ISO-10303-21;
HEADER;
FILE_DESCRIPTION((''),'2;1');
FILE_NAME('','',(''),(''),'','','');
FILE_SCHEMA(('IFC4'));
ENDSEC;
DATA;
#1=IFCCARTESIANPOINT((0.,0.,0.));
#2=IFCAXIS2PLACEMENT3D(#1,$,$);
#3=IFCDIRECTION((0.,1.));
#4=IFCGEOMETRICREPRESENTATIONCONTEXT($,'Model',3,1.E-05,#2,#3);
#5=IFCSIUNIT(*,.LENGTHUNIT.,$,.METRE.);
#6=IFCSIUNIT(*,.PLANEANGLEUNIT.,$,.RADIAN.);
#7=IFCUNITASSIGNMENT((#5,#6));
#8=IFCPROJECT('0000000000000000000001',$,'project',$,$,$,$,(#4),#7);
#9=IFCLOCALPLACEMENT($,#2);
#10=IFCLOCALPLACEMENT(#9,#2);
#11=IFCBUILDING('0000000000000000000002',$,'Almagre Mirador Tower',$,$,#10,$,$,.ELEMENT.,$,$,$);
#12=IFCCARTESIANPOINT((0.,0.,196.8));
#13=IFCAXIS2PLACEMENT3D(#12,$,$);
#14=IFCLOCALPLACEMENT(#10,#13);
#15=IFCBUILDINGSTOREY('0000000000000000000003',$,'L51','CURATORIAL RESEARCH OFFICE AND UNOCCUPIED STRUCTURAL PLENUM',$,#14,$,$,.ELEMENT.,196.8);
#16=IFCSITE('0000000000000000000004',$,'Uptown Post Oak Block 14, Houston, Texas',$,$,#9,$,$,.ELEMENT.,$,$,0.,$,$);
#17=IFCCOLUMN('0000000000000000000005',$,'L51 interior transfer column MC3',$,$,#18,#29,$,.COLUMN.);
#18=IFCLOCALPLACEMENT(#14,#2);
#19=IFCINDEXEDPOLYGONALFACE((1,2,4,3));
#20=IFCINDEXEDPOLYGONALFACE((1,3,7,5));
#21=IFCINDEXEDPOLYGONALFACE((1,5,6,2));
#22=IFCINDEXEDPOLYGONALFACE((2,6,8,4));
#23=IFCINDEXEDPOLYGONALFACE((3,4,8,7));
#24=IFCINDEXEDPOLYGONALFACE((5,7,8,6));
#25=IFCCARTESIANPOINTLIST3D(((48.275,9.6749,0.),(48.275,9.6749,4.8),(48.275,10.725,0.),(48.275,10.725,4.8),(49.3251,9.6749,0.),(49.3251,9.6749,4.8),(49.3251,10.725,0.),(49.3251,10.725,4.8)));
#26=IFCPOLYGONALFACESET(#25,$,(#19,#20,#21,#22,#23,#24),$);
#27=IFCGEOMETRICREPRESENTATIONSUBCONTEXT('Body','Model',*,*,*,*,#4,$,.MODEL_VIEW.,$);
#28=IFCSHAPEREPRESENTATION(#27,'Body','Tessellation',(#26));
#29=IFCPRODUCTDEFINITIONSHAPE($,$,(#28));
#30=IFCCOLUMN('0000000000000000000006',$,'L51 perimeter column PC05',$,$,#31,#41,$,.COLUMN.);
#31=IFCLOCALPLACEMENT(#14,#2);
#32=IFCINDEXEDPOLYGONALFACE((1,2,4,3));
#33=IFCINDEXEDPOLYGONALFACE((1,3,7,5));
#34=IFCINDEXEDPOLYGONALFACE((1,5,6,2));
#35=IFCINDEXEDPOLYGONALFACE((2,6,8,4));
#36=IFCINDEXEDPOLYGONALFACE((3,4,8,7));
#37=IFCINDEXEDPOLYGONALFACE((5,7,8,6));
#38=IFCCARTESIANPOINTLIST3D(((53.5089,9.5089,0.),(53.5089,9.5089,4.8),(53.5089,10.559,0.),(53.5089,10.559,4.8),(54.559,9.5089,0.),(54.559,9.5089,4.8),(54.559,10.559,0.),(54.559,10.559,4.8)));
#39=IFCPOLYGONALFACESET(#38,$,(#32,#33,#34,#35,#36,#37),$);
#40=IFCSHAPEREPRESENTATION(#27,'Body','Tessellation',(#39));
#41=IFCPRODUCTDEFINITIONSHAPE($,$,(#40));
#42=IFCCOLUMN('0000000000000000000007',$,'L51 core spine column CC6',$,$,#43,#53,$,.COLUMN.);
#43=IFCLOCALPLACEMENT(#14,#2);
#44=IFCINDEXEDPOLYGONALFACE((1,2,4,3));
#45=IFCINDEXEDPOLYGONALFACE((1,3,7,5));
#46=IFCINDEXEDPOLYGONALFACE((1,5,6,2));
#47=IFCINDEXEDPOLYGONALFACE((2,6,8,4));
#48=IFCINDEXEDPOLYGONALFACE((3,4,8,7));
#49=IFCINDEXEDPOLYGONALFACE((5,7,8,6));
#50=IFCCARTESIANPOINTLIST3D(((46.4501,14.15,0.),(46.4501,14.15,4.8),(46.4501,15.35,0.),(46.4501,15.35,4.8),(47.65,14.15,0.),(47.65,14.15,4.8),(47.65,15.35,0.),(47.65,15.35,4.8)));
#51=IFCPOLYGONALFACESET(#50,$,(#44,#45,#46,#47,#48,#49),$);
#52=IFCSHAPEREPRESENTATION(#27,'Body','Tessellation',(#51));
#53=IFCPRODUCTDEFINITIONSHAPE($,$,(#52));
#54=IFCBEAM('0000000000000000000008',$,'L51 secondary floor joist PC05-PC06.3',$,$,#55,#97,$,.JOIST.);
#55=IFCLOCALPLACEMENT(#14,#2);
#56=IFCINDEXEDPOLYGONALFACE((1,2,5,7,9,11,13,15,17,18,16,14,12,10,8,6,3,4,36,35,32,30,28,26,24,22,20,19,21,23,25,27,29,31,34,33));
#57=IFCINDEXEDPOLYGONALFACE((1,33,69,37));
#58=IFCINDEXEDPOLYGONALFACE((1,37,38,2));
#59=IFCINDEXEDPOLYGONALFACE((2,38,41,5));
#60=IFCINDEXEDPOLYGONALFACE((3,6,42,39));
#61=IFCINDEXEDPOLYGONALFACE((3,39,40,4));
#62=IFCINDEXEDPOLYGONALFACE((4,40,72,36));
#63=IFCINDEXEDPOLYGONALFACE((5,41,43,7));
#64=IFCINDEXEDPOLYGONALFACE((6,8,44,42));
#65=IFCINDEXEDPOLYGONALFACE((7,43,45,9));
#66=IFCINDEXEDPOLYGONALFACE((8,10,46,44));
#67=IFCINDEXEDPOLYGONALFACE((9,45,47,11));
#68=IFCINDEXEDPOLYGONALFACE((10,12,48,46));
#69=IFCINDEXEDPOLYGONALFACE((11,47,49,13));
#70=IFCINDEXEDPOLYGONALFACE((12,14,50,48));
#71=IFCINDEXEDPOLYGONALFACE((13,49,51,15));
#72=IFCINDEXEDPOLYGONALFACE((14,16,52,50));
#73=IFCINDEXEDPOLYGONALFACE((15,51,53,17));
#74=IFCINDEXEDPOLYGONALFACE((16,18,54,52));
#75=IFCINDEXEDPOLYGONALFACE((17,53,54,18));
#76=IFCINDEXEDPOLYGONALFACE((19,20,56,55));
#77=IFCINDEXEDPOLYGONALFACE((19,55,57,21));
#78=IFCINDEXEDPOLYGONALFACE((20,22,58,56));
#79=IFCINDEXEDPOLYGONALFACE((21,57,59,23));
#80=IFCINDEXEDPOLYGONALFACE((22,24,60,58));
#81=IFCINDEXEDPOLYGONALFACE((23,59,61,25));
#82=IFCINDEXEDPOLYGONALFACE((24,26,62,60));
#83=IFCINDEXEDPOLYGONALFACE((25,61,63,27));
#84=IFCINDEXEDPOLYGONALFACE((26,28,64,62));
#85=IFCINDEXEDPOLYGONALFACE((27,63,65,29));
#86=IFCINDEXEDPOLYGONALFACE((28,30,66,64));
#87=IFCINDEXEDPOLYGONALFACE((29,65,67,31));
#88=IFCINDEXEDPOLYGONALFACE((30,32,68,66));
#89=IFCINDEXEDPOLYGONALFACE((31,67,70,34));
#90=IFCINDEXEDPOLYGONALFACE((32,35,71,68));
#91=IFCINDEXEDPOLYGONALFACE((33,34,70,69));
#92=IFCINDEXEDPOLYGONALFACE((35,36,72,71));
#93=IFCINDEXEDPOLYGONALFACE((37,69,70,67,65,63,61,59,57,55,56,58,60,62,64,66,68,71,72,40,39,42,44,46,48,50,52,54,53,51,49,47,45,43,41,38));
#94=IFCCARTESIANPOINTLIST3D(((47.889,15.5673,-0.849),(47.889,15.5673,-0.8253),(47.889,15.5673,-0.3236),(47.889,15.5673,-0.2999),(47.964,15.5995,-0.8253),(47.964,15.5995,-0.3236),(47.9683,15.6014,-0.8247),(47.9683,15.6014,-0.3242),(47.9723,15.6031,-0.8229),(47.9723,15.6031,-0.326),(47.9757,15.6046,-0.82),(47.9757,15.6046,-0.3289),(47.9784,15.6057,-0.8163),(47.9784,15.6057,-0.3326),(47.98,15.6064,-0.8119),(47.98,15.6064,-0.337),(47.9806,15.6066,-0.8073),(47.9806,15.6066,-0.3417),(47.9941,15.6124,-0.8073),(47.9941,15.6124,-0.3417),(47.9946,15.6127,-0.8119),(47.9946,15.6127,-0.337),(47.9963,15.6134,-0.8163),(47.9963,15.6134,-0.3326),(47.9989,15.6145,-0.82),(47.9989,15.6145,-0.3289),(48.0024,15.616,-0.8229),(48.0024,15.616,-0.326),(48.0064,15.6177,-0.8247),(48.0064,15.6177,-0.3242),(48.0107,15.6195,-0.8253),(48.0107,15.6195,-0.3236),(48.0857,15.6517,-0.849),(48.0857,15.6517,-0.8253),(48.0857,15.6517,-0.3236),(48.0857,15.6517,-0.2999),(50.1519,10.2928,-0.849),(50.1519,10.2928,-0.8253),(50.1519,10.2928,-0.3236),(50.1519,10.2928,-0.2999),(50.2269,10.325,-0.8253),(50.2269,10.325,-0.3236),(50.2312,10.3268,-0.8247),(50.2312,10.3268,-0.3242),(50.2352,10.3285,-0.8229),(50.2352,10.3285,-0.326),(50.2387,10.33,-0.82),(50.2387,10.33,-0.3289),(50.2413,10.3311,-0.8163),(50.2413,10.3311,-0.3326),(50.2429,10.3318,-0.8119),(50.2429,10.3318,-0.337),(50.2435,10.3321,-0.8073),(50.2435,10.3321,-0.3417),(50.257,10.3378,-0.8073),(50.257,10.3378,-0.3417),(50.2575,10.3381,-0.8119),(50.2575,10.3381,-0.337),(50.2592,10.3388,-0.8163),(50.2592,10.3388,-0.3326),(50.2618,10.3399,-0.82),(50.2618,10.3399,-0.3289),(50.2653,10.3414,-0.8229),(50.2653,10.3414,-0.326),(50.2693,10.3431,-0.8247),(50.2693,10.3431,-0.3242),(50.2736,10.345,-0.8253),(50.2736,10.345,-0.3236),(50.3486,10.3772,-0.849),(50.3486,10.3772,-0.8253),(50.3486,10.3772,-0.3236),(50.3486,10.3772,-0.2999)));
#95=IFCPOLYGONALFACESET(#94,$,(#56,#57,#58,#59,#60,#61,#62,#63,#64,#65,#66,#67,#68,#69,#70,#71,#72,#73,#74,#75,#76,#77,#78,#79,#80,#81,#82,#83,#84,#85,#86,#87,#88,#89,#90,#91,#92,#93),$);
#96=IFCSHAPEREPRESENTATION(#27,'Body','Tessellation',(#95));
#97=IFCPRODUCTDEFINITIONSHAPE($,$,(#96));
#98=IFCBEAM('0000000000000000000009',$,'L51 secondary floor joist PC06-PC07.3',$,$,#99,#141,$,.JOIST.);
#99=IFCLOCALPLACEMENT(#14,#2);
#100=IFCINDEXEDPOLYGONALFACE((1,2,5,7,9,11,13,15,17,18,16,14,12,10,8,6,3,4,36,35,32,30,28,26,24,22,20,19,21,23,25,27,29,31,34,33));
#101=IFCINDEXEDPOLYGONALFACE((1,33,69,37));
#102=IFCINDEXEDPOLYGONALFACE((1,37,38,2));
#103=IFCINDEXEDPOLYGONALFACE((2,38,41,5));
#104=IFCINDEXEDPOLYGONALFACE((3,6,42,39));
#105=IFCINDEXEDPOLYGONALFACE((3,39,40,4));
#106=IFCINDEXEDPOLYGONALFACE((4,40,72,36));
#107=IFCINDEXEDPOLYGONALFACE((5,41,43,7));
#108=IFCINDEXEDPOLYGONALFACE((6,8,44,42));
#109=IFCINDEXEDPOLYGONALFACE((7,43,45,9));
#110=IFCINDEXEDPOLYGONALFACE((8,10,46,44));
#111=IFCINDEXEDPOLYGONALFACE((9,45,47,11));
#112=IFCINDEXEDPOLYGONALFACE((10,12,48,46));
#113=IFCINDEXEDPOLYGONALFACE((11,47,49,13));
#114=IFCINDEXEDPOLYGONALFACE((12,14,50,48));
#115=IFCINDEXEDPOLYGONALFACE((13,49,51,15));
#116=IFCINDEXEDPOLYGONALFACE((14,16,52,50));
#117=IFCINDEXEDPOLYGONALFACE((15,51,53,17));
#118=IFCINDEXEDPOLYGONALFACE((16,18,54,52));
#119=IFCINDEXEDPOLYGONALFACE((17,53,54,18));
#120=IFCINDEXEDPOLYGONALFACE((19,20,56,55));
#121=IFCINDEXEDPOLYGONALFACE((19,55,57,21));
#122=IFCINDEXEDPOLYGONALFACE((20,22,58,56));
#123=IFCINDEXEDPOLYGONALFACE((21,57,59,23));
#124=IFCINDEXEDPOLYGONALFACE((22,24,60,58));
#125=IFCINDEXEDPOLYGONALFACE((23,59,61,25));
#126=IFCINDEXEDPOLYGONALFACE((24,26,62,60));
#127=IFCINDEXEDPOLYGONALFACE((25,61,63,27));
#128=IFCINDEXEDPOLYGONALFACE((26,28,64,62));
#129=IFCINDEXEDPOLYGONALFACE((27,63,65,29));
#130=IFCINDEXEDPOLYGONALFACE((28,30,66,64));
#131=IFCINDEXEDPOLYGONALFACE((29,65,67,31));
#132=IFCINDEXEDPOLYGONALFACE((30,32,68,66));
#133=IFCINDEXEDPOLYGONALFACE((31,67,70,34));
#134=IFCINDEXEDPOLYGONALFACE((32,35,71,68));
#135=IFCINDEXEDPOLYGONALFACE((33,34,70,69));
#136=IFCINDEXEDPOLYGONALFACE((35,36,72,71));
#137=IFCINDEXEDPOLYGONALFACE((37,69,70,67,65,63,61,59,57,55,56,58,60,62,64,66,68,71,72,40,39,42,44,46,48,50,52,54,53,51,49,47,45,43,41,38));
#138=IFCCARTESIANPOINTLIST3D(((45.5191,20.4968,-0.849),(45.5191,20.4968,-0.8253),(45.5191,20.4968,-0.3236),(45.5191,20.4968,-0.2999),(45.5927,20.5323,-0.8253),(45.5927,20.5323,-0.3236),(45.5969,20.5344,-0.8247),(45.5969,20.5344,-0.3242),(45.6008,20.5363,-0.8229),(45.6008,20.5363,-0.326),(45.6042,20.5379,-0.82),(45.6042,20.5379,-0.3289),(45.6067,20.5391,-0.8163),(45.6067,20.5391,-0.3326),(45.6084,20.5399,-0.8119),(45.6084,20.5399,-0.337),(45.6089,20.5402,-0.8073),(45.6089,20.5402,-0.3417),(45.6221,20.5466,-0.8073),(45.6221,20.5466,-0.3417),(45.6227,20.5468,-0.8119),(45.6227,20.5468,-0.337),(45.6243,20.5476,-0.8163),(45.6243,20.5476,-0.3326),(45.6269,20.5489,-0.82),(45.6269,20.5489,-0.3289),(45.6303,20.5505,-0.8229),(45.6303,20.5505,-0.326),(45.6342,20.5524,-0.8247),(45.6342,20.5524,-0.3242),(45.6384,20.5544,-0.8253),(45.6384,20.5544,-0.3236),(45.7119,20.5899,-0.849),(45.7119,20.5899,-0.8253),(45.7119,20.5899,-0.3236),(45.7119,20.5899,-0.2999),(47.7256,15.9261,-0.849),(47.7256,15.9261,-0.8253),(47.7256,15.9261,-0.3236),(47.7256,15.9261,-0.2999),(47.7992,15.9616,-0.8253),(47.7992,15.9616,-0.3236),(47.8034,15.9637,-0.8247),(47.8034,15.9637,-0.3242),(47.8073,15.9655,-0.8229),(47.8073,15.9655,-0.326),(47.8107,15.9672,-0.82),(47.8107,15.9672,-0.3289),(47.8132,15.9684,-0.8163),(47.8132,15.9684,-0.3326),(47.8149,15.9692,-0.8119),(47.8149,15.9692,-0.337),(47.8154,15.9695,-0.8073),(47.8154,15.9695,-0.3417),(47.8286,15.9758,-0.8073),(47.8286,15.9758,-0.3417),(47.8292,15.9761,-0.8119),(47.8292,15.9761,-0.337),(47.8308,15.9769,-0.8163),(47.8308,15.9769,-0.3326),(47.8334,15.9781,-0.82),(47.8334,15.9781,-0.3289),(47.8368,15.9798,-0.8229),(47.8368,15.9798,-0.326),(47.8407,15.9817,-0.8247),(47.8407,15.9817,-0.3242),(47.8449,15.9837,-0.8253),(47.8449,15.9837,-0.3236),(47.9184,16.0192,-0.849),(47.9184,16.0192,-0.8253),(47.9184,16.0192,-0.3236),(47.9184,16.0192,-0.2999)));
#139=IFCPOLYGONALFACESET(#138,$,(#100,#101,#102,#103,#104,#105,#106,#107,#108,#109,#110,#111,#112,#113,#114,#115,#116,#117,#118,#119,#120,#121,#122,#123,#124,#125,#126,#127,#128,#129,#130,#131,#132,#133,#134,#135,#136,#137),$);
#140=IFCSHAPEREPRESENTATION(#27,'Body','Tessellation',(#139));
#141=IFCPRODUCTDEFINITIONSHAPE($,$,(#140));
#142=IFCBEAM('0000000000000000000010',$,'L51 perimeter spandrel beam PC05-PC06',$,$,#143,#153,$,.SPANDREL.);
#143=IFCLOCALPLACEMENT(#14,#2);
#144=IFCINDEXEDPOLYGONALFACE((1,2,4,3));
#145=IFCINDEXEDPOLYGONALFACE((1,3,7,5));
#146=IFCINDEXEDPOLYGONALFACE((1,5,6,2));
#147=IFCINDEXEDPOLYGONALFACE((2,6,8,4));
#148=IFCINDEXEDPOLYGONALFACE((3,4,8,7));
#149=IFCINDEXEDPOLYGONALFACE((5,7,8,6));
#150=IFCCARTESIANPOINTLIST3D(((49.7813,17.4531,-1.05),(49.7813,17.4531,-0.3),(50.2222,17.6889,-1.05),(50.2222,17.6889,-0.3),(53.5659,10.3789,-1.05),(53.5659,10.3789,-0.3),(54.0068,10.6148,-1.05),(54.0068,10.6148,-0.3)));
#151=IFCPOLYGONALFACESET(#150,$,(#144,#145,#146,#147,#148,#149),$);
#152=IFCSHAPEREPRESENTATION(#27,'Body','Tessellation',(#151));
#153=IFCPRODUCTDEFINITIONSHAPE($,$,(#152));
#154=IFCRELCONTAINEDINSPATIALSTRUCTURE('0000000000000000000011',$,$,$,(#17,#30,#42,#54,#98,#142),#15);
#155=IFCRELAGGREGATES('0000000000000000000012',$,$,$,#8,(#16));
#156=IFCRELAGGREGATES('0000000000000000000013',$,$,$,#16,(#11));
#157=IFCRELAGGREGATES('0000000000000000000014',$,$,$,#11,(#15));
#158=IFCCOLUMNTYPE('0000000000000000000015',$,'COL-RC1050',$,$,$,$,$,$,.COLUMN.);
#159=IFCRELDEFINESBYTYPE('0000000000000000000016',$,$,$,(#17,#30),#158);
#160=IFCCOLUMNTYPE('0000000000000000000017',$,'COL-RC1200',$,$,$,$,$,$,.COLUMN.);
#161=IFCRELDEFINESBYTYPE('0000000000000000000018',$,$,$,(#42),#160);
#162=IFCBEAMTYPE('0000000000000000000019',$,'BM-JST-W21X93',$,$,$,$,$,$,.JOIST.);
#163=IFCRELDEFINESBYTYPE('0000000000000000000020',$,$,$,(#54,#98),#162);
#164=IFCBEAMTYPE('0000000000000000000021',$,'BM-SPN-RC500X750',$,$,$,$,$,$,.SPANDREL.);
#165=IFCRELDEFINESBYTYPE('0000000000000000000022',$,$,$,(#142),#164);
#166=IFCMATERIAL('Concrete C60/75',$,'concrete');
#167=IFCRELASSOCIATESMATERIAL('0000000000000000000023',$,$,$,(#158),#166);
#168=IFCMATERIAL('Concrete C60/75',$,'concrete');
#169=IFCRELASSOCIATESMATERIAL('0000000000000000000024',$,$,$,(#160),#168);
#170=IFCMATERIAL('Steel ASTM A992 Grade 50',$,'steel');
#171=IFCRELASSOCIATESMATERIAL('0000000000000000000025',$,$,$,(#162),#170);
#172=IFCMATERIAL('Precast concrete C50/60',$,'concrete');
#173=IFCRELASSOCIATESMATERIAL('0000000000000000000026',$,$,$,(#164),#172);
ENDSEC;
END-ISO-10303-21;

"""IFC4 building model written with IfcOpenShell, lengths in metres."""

from ifc_helpers import new_model, si_unit, direction, frame, origin, origin_2d, place, context, subcontext, project, spatial, rectangle, i_section, extrude, material, material_profile, profile_set, type_object, element, save


model = new_model("IFC4")

# Units and contexts
model_context = context("Model", 3, precision=1e-05, world=origin(), true_north=direction((0.0, 1.0)))
body_context = subcontext(model_context, "Body", "Model", "MODEL_VIEW")
ifc_project = project(units=[si_unit("LENGTHUNIT", "METRE"), si_unit("PLANEANGLEUNIT", "RADIAN")], contexts=[model_context])

# Site, building, storey
site_placement = place(None, origin())
site = spatial("IfcSite", under=ifc_project, at=site_placement, Name="Uptown Post Oak Block 14, Houston, Texas", CompositionType="ELEMENT", RefElevation=0.0)
building_placement = place(site_placement, origin())
building = spatial("IfcBuilding", under=site, at=building_placement, Name="Almagre Mirador Tower", CompositionType="ELEMENT")
storey_placement = place(building_placement, frame((0.0, 0.0, 196.8)))
storey = spatial("IfcBuildingStorey", under=building, at=storey_placement, Name="L51", Description="CURATORIAL RESEARCH OFFICE AND UNOCCUPIED STRUCTURAL PLENUM", CompositionType="ELEMENT", Elevation=196.8)

# Columns
ifc_material_1 = material(Name="Concrete C60/75", Category="concrete")
ifc_material_profile_1 = material_profile(ifc_material_1, rectangle(XDim=1.05, YDim=1.05, at=origin_2d()), Name="RC1050X1050")
ifc_profile_set_1 = profile_set([ifc_material_profile_1], Name="Concrete C60/75")
column_type_1 = type_object("IfcColumnType", Name="COL-RC1050", PredefinedType="COLUMN", material=ifc_profile_set_1)
for number, where, z_axis, x_axis, name in (
    (1, (48.8, 10.2, 0.0), (0.0, 0.0, 1.0), (1.0, 0.0, 0.0), "L51 interior transfer column MC3"),
    (2, (54.0339, 10.0339, 0.0), (0.0, 0.0, 1.0), (1.0, 0.0, 0.0), "L51 perimeter column PC05"),
):
    element("IfcColumn", number, at=place(storey_placement, frame(where, z_axis=z_axis, x_axis=x_axis)), inside=storey, type_object=column_type_1, Name=name, PredefinedType="COLUMN", context=body_context, shape_type="SweptSolid", body=[
        extrude(rectangle(XDim=1.05, YDim=1.05, at=origin_2d()), origin(), (0.0, 0.0, 1.0), 4.8),
    ])
ifc_material_2 = material(Name="Concrete C60/75", Category="concrete")
ifc_material_profile_2 = material_profile(ifc_material_2, rectangle(XDim=1.2, YDim=1.2, at=origin_2d()), Name="RC1200X1200")
ifc_profile_set_2 = profile_set([ifc_material_profile_2], Name="Concrete C60/75")
column_type_2 = type_object("IfcColumnType", Name="COL-RC1200", PredefinedType="COLUMN", material=ifc_profile_set_2)
column_placement = place(storey_placement, frame((47.05, 14.75, 0.0), z_axis=(0.0, 0.0, 1.0), x_axis=(1.0, 0.0, 0.0)))
element("IfcColumn", 3, at=column_placement, inside=storey, type_object=column_type_2, Name="L51 core spine column CC6", PredefinedType="COLUMN", context=body_context, shape_type="SweptSolid", body=[
    extrude(rectangle(XDim=1.2, YDim=1.2, at=origin_2d()), origin(), (0.0, 0.0, 1.0), 4.8),
])

# Beams
ifc_material_3 = material(Name="Steel ASTM A992 Grade 50", Category="steel")
ifc_material_profile_3 = material_profile(ifc_material_3, i_section(OverallWidth=0.2141, OverallDepth=0.5491, WebThickness=0.0146, FlangeThickness=0.0237, FilletRadius=0.0181, at=origin_2d()), Name="W21X93")
ifc_profile_set_3 = profile_set([ifc_material_profile_3], Name="Steel ASTM A992 Grade 50")
beam_type_1 = type_object("IfcBeamType", Name="BM-JST-W21X93", PredefinedType="JOIST", material=ifc_profile_set_3)
beam_1_placement = place(storey_placement, frame((50.2502, 10.335, -0.5745), z_axis=(-0.394268, 0.918995, 0.0), x_axis=(-0.918995, -0.394268, 0.0)))
element("IfcBeam", 4, at=beam_1_placement, inside=storey, type_object=beam_type_1, Name="L51 secondary floor joist PC05-PC06.3", PredefinedType="JOIST", context=body_context, shape_type="SweptSolid", body=[
    extrude(i_section(OverallWidth=0.2141, OverallDepth=0.5491, WebThickness=0.0146, FlangeThickness=0.0237, FilletRadius=0.0181, at=origin_2d()), origin(), (0.0, 0.0, 1.0), 5.7395),
])
beam_2_placement = place(storey_placement, frame((47.822, 15.9727, -0.5745), z_axis=(-0.434741, 0.900556, 0.0), x_axis=(-0.900556, -0.434741, 0.0)))
element("IfcBeam", 5, at=beam_2_placement, inside=storey, type_object=beam_type_1, Name="L51 secondary floor joist PC06-PC07.3", PredefinedType="JOIST", context=body_context, shape_type="SweptSolid", body=[
    extrude(i_section(OverallWidth=0.2141, OverallDepth=0.5491, WebThickness=0.0146, FlangeThickness=0.0237, FilletRadius=0.0181, at=origin_2d()), origin(), (0.0, 0.0, 1.0), 5.0754),
])
ifc_material_4 = material(Name="Precast concrete C50/60", Category="concrete")
ifc_material_profile_4 = material_profile(ifc_material_4, rectangle(XDim=0.5, YDim=0.75, at=origin_2d()), Name="RC500X750")
ifc_profile_set_4 = profile_set([ifc_material_profile_4], Name="Precast concrete C50/60")
beam_type_2 = type_object("IfcBeamType", Name="BM-SPN-RC500X750", PredefinedType="SPANDREL", material=ifc_profile_set_4)
beam_3_placement = place(storey_placement, frame((53.7864, 10.4968, -0.675), z_axis=(-0.471728, 0.881744, 0.0), x_axis=(-0.881744, -0.471728, 0.0)))
element("IfcBeam", 6, at=beam_3_placement, inside=storey, type_object=beam_type_2, Name="L51 perimeter spandrel beam PC05-PC06", PredefinedType="SPANDREL", context=body_context, shape_type="SweptSolid", body=[
    extrude(rectangle(XDim=0.5, YDim=0.75, at=origin_2d()), origin(), (0.0, 0.0, 1.0), 8.0229),
])

save(model, "model.ifc")
